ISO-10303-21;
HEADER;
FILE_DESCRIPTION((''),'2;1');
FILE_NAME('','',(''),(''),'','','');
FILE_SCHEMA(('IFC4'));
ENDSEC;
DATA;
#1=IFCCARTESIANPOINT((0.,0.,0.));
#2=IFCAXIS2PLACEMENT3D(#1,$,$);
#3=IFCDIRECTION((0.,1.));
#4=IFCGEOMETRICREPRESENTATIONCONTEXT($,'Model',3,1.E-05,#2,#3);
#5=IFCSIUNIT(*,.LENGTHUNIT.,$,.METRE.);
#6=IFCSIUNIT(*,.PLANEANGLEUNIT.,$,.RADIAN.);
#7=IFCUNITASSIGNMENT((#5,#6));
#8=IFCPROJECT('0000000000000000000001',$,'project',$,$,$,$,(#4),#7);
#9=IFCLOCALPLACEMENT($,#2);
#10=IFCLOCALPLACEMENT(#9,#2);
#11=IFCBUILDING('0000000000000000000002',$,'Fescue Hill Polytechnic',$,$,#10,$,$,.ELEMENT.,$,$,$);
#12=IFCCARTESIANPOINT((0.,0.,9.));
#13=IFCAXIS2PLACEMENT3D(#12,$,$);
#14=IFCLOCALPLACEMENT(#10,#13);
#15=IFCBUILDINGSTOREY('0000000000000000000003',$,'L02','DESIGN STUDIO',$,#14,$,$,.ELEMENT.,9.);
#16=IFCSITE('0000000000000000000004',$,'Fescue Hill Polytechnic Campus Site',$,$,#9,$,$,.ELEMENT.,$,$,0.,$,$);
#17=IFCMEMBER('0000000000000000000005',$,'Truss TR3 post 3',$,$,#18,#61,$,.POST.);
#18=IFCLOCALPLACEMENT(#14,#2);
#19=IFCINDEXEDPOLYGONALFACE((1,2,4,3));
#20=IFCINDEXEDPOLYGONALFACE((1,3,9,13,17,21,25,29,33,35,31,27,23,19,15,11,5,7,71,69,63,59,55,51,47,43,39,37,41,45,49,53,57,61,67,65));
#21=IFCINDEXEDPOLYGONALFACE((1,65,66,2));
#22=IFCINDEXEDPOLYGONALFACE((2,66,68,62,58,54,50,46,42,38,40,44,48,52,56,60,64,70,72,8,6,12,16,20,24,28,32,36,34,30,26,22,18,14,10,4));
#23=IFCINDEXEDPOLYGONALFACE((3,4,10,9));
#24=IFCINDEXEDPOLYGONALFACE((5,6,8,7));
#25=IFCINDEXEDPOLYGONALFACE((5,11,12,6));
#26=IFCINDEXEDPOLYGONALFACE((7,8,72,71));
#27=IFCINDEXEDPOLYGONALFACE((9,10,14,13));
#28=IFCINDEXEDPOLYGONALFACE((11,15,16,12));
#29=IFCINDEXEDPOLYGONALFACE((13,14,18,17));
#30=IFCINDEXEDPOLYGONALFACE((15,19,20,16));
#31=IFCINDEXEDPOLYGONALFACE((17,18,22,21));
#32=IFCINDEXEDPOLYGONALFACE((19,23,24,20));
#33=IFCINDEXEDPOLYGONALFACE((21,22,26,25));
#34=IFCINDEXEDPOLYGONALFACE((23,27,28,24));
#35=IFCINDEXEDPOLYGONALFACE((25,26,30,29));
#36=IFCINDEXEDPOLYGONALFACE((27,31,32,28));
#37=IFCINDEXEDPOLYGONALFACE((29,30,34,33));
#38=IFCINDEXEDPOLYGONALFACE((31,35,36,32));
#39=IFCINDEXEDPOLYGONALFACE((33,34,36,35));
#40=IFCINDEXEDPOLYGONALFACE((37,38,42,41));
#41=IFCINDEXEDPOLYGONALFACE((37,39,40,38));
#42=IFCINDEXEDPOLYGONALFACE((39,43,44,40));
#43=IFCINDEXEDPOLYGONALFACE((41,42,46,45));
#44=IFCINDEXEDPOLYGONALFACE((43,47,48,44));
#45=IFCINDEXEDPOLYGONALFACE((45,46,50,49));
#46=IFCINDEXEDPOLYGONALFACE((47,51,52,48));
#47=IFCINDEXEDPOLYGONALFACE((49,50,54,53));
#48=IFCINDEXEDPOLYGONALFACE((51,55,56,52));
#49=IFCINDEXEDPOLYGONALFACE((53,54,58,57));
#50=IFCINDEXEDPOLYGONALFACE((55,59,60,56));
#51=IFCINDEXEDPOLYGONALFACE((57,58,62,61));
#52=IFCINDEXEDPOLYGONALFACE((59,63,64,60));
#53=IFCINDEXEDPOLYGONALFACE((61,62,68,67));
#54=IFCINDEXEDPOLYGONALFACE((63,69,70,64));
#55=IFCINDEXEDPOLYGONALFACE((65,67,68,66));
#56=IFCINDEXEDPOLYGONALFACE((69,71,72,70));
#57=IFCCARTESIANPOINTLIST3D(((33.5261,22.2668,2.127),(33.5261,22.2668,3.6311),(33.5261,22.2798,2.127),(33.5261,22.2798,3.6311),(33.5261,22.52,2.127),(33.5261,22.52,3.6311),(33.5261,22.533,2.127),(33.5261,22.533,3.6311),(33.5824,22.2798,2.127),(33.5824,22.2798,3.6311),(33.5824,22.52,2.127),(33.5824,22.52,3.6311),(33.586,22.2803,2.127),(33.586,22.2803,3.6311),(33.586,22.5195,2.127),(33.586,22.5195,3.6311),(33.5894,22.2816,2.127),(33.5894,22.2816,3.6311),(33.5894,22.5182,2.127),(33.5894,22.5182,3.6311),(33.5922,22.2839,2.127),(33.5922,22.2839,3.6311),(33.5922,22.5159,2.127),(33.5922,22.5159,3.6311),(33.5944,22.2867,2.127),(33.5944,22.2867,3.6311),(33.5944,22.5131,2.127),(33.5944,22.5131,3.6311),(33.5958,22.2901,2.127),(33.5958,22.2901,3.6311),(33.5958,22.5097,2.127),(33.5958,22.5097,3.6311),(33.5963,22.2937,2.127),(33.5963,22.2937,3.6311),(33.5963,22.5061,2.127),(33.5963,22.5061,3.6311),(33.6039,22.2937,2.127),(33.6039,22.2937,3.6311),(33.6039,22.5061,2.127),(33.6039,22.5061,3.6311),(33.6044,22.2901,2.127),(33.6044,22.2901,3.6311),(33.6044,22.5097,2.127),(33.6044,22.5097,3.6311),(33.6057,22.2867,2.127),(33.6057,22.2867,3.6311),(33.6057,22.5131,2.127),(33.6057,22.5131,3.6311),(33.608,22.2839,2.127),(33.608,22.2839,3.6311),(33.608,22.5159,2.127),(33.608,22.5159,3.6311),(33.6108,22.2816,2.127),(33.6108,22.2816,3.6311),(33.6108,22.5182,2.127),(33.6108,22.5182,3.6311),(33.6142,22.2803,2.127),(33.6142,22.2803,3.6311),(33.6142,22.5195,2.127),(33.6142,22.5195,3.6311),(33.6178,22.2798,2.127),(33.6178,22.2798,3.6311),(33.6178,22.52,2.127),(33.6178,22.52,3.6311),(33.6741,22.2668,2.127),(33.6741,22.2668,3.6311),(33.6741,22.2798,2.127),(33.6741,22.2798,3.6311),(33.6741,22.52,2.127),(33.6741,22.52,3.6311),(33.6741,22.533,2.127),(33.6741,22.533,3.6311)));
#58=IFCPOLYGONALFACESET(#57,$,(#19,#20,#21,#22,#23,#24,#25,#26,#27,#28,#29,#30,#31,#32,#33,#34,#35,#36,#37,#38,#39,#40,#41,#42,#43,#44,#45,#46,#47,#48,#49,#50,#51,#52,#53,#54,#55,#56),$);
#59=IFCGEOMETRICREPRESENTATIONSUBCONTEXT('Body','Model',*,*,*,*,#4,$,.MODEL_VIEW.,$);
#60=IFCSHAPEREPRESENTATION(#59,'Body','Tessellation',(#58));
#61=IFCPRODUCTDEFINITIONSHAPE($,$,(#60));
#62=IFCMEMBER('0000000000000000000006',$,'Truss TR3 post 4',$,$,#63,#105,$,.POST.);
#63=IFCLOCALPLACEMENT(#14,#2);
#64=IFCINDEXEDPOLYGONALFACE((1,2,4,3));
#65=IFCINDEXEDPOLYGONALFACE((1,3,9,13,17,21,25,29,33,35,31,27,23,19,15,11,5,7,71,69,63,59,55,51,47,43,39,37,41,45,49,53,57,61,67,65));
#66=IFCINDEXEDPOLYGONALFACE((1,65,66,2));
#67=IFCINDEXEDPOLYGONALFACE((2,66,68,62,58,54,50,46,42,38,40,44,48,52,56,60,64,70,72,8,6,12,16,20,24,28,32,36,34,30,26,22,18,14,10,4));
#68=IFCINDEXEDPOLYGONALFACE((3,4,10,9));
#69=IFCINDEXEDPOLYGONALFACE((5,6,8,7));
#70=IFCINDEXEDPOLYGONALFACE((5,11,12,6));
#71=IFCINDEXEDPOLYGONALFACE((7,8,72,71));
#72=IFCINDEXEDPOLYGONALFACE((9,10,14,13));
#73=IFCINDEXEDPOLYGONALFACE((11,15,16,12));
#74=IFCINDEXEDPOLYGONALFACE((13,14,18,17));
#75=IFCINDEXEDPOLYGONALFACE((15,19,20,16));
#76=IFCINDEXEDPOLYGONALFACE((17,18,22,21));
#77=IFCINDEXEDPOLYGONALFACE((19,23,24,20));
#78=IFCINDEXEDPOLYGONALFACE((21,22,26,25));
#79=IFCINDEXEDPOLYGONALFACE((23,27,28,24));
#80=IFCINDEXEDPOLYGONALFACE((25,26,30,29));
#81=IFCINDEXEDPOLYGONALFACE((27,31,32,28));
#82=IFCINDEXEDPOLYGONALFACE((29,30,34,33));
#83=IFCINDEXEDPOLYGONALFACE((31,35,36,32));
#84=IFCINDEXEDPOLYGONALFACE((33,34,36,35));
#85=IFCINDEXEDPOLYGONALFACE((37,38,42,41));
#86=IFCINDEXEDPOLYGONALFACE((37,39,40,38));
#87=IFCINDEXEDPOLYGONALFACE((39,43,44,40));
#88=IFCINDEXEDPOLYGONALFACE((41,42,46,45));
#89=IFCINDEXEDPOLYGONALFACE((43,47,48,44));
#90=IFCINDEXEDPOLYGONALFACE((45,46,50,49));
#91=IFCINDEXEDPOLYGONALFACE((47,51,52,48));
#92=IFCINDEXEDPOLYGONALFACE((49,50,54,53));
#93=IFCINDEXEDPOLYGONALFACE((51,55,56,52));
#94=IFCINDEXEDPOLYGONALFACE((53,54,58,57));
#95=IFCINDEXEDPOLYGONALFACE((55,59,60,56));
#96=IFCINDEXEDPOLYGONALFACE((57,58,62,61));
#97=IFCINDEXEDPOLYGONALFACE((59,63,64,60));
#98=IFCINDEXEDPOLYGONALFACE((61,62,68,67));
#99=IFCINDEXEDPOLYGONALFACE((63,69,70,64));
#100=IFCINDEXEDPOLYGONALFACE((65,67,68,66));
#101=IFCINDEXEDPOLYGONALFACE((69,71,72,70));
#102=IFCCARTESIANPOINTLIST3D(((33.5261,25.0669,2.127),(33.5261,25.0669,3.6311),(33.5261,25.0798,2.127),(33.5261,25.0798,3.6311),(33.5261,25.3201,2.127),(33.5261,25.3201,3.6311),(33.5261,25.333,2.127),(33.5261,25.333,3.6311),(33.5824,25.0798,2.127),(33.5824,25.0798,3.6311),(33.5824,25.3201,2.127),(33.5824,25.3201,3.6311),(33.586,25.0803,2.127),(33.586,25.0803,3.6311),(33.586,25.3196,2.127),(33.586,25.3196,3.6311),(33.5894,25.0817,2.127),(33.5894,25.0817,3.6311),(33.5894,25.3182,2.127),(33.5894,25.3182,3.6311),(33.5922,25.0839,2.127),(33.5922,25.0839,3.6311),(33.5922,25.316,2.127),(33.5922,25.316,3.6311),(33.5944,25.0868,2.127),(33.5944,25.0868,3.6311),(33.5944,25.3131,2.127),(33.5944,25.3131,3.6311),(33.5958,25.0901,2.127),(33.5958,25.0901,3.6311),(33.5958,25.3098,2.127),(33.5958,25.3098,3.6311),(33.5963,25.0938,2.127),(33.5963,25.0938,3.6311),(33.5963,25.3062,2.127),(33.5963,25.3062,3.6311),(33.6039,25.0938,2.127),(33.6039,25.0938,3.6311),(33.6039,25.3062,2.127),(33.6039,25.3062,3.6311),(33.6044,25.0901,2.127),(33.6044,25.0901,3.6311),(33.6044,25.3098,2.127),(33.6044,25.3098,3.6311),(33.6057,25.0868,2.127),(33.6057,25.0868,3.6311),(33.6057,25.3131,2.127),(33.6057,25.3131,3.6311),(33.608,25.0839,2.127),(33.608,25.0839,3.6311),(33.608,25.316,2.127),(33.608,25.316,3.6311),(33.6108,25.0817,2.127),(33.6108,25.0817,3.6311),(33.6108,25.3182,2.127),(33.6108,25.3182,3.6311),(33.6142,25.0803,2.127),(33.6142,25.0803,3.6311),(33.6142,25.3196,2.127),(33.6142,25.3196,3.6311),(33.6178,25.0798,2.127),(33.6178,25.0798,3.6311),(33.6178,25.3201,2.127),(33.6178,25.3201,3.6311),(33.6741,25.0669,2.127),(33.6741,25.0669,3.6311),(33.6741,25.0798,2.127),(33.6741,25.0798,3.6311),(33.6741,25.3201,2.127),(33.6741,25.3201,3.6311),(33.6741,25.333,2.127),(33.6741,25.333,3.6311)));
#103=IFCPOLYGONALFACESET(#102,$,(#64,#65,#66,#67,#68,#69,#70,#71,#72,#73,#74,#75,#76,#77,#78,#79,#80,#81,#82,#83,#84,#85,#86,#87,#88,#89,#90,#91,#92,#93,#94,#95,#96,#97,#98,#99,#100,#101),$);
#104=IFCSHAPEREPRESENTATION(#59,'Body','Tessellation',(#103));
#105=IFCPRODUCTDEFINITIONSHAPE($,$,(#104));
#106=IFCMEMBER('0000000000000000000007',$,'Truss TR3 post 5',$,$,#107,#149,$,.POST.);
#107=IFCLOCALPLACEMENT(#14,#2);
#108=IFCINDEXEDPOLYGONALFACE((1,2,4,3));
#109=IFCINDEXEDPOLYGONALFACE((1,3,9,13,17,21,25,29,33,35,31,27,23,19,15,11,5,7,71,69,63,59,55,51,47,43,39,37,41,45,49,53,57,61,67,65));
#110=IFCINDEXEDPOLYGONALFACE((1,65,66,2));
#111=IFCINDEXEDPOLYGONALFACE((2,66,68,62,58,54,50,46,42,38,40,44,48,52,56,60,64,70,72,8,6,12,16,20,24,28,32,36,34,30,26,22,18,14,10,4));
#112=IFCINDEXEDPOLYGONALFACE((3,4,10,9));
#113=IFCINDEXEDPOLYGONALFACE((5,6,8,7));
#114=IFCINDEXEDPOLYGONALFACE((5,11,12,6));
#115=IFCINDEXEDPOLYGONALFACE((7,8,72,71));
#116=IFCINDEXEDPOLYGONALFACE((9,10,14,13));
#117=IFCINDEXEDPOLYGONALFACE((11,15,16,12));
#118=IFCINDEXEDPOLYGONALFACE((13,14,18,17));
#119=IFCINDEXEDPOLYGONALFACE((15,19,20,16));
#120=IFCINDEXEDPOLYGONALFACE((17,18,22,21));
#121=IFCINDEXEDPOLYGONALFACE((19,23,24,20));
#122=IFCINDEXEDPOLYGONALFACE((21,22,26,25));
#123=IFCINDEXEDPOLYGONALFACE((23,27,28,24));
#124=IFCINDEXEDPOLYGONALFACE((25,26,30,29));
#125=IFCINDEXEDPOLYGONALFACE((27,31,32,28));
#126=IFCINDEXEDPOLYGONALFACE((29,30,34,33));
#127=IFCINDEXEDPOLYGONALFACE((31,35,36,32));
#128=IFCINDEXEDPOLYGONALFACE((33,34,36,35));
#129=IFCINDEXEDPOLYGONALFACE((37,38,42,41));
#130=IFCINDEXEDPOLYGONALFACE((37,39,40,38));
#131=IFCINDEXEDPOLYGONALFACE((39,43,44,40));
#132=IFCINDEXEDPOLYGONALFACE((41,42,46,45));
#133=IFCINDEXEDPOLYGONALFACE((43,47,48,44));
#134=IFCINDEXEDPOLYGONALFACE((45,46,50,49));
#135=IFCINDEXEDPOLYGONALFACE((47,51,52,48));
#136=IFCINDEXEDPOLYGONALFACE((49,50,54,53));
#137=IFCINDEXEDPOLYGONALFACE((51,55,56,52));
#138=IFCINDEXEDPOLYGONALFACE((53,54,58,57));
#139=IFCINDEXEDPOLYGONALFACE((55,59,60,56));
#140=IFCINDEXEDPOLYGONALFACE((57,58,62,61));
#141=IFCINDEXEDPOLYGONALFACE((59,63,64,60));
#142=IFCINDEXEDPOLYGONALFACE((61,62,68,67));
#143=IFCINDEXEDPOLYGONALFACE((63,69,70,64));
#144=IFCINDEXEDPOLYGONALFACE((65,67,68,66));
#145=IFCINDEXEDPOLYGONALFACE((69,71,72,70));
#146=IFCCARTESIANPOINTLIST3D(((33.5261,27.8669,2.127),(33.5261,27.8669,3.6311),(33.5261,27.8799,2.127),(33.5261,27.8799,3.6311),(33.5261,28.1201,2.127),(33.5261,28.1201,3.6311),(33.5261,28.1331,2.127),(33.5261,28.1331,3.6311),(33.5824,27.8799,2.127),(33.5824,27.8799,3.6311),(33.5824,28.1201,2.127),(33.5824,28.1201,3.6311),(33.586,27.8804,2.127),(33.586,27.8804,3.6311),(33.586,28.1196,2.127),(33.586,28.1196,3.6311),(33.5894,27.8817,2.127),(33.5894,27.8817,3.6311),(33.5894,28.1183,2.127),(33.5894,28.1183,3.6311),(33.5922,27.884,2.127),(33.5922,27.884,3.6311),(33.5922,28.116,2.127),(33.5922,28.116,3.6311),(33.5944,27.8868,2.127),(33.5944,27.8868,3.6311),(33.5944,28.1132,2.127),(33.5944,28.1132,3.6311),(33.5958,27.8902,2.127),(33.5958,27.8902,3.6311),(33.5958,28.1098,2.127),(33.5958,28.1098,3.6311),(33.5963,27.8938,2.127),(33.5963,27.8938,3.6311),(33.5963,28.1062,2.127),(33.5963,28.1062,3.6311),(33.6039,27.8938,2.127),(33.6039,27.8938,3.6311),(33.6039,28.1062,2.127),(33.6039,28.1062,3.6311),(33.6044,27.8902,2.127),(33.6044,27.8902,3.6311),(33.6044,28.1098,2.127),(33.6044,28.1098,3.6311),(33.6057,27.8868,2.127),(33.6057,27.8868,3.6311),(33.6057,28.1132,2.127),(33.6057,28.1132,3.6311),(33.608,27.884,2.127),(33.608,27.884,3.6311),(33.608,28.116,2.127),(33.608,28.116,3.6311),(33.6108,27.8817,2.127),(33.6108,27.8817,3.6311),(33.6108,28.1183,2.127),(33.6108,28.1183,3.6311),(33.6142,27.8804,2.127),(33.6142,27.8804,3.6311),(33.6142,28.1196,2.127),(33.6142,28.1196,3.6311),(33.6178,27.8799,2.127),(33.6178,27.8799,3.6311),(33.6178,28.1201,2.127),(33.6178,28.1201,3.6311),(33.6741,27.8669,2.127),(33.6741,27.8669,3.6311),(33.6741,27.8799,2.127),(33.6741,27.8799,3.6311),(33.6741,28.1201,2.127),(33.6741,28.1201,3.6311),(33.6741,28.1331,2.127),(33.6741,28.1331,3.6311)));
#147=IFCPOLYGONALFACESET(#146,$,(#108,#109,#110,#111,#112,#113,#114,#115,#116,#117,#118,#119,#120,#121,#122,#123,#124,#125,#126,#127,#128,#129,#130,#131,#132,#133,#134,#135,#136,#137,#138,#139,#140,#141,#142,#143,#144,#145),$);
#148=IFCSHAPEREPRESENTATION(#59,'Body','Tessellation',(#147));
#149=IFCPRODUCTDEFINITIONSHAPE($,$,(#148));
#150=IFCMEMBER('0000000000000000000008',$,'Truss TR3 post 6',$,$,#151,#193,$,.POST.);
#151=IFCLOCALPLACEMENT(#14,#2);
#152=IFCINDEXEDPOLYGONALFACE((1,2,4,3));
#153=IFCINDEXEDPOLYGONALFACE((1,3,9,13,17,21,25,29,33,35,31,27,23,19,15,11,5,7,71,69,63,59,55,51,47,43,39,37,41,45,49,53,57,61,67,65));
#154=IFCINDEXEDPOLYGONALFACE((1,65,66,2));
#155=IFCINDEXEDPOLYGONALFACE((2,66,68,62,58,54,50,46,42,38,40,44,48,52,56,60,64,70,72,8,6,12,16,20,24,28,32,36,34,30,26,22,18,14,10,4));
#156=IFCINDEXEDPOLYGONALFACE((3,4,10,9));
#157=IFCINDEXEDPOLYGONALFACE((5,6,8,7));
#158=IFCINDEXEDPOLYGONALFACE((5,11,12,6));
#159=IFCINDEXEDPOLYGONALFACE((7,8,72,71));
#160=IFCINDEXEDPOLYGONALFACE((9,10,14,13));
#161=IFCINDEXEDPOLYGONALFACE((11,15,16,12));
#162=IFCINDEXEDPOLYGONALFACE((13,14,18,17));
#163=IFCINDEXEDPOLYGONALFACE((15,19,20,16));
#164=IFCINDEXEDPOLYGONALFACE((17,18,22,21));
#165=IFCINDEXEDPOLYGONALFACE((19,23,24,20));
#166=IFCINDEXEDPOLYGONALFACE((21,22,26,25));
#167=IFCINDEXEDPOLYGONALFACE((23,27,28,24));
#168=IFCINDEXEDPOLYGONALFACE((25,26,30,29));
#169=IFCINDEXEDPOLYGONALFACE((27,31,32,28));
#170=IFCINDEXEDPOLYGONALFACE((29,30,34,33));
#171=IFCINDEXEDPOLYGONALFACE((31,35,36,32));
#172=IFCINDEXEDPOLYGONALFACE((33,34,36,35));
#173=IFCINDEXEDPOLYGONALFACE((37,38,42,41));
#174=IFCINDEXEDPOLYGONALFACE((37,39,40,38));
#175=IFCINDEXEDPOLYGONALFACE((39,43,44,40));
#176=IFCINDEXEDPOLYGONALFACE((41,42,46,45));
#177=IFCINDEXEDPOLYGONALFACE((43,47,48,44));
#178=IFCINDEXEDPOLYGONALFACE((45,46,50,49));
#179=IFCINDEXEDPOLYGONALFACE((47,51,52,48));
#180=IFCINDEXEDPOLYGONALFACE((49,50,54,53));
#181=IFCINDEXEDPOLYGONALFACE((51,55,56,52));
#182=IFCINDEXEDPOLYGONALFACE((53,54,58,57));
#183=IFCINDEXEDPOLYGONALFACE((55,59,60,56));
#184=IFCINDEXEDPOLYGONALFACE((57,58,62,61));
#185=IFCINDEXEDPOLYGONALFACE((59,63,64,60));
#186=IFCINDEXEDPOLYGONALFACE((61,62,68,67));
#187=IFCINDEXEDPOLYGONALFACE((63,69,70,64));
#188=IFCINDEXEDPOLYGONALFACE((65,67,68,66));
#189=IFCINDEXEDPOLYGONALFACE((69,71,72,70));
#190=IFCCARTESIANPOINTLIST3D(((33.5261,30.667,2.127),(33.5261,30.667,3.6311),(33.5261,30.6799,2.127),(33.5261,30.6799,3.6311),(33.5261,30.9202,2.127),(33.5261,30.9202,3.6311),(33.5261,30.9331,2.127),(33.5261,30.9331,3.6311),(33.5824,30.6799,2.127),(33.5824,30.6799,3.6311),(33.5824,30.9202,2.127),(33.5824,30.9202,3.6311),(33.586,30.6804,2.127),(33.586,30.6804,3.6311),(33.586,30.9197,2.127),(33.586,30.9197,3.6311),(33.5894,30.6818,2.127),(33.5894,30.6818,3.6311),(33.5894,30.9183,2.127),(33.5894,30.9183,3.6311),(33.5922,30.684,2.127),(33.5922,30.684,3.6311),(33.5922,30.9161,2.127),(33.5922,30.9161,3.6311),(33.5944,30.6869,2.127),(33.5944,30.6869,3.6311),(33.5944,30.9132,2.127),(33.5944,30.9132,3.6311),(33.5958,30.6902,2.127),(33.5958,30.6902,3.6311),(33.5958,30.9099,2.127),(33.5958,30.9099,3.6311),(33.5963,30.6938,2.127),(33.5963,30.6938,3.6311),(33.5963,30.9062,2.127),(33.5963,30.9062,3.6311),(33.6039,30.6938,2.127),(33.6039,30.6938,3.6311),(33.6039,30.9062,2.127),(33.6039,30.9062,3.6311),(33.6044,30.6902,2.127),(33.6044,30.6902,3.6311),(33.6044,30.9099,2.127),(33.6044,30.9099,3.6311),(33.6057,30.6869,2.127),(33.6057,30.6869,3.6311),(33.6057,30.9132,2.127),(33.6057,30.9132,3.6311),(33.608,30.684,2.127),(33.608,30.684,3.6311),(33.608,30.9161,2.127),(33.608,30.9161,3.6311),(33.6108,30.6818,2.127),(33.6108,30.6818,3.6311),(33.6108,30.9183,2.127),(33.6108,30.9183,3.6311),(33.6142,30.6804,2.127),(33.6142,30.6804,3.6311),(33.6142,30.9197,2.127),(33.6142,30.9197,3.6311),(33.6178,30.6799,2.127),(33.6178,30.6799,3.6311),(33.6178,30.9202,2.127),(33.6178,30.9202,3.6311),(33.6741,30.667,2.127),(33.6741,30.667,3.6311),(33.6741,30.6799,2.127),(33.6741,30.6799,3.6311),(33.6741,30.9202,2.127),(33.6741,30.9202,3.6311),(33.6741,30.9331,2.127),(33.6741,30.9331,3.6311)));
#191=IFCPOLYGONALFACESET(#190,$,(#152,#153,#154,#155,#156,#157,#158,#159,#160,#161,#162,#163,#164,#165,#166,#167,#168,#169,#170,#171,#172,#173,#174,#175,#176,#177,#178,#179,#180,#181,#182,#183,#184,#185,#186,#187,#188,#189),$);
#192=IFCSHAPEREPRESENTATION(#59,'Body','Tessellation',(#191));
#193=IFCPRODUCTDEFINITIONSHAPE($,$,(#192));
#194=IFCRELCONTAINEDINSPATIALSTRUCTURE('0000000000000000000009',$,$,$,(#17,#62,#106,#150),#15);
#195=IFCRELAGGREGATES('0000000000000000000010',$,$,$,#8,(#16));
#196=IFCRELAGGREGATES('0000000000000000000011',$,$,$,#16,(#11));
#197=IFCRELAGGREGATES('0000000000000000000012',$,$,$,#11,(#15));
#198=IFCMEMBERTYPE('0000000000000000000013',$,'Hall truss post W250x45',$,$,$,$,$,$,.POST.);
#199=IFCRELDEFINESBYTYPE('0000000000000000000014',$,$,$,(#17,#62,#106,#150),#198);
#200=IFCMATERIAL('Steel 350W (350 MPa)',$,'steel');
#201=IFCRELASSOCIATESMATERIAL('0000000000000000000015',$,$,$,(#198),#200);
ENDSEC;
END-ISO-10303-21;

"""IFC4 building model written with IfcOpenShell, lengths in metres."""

from ifc_helpers import new_model, si_unit, direction, frame, origin, origin_2d, place, context, subcontext, project, spatial, i_section, extrude, material, material_profile, profile_set, type_object, element, save


model = new_model("IFC4")

# Units and contexts
model_context = context("Model", 3, precision=1e-05, world=origin(), true_north=direction((0.0, 1.0)))
body_context = subcontext(model_context, "Body", "Model", "MODEL_VIEW")
ifc_project = project(units=[si_unit("LENGTHUNIT", "METRE"), si_unit("PLANEANGLEUNIT", "RADIAN")], contexts=[model_context])

# Site, building, storey
site_placement = place(None, origin())
site = spatial("IfcSite", under=ifc_project, at=site_placement, Name="Fescue Hill Polytechnic Campus Site", CompositionType="ELEMENT", RefElevation=0.0)
building_placement = place(site_placement, origin())
building = spatial("IfcBuilding", under=site, at=building_placement, Name="Fescue Hill Polytechnic", CompositionType="ELEMENT")
storey_placement = place(building_placement, frame((0.0, 0.0, 9.0)))
storey = spatial("IfcBuildingStorey", under=building, at=storey_placement, Name="L02", Description="DESIGN STUDIO", CompositionType="ELEMENT", Elevation=9.0)

# Members
ifc_material = material(Name="Steel 350W (350 MPa)", Category="steel")
ifc_material_profile_1 = material_profile(ifc_material, i_section(OverallWidth=0.1479, OverallDepth=0.2661, WebThickness=0.0076, FlangeThickness=0.0129, FilletRadius=0.0139, at=origin_2d()), Name="W250x45")
ifc_profile_set_1 = profile_set([ifc_material_profile_1], Name="Steel 350W (350 MPa)")
member_type_1 = type_object("IfcMemberType", Name="Hall truss post W250x45", PredefinedType="POST", material=ifc_profile_set_1)
for number, where, z_axis, x_axis, name in (
    (1, (33.6001, 22.3999, 2.127), (0.0, 0.0, 1.0), (1.0, 0.0, 0.0), "Truss TR3 post 3"),
    (2, (33.6001, 25.2, 2.127), (0.0, 0.0, 1.0), (1.0, 0.0, 0.0), "Truss TR3 post 4"),
    (3, (33.6001, 28.0, 2.127), (0.0, 0.0, 1.0), (1.0, 0.0, 0.0), "Truss TR3 post 5"),
    (4, (33.6001, 30.8, 2.127), (0.0, 0.0, 1.0), (1.0, 0.0, 0.0), "Truss TR3 post 6"),
):
    element("IfcMember", number, at=place(storey_placement, frame(where, z_axis=z_axis, x_axis=x_axis)), inside=storey, type_object=member_type_1, Name=name, PredefinedType="POST", context=body_context, shape_type="SweptSolid", body=[
        extrude(i_section(OverallWidth=0.1479, OverallDepth=0.2661, WebThickness=0.0076, FlangeThickness=0.0129, FilletRadius=0.0139, at=origin_2d()), origin(), (0.0, 0.0, 1.0), 1.5042),
    ])

save(model, "model.ifc")
